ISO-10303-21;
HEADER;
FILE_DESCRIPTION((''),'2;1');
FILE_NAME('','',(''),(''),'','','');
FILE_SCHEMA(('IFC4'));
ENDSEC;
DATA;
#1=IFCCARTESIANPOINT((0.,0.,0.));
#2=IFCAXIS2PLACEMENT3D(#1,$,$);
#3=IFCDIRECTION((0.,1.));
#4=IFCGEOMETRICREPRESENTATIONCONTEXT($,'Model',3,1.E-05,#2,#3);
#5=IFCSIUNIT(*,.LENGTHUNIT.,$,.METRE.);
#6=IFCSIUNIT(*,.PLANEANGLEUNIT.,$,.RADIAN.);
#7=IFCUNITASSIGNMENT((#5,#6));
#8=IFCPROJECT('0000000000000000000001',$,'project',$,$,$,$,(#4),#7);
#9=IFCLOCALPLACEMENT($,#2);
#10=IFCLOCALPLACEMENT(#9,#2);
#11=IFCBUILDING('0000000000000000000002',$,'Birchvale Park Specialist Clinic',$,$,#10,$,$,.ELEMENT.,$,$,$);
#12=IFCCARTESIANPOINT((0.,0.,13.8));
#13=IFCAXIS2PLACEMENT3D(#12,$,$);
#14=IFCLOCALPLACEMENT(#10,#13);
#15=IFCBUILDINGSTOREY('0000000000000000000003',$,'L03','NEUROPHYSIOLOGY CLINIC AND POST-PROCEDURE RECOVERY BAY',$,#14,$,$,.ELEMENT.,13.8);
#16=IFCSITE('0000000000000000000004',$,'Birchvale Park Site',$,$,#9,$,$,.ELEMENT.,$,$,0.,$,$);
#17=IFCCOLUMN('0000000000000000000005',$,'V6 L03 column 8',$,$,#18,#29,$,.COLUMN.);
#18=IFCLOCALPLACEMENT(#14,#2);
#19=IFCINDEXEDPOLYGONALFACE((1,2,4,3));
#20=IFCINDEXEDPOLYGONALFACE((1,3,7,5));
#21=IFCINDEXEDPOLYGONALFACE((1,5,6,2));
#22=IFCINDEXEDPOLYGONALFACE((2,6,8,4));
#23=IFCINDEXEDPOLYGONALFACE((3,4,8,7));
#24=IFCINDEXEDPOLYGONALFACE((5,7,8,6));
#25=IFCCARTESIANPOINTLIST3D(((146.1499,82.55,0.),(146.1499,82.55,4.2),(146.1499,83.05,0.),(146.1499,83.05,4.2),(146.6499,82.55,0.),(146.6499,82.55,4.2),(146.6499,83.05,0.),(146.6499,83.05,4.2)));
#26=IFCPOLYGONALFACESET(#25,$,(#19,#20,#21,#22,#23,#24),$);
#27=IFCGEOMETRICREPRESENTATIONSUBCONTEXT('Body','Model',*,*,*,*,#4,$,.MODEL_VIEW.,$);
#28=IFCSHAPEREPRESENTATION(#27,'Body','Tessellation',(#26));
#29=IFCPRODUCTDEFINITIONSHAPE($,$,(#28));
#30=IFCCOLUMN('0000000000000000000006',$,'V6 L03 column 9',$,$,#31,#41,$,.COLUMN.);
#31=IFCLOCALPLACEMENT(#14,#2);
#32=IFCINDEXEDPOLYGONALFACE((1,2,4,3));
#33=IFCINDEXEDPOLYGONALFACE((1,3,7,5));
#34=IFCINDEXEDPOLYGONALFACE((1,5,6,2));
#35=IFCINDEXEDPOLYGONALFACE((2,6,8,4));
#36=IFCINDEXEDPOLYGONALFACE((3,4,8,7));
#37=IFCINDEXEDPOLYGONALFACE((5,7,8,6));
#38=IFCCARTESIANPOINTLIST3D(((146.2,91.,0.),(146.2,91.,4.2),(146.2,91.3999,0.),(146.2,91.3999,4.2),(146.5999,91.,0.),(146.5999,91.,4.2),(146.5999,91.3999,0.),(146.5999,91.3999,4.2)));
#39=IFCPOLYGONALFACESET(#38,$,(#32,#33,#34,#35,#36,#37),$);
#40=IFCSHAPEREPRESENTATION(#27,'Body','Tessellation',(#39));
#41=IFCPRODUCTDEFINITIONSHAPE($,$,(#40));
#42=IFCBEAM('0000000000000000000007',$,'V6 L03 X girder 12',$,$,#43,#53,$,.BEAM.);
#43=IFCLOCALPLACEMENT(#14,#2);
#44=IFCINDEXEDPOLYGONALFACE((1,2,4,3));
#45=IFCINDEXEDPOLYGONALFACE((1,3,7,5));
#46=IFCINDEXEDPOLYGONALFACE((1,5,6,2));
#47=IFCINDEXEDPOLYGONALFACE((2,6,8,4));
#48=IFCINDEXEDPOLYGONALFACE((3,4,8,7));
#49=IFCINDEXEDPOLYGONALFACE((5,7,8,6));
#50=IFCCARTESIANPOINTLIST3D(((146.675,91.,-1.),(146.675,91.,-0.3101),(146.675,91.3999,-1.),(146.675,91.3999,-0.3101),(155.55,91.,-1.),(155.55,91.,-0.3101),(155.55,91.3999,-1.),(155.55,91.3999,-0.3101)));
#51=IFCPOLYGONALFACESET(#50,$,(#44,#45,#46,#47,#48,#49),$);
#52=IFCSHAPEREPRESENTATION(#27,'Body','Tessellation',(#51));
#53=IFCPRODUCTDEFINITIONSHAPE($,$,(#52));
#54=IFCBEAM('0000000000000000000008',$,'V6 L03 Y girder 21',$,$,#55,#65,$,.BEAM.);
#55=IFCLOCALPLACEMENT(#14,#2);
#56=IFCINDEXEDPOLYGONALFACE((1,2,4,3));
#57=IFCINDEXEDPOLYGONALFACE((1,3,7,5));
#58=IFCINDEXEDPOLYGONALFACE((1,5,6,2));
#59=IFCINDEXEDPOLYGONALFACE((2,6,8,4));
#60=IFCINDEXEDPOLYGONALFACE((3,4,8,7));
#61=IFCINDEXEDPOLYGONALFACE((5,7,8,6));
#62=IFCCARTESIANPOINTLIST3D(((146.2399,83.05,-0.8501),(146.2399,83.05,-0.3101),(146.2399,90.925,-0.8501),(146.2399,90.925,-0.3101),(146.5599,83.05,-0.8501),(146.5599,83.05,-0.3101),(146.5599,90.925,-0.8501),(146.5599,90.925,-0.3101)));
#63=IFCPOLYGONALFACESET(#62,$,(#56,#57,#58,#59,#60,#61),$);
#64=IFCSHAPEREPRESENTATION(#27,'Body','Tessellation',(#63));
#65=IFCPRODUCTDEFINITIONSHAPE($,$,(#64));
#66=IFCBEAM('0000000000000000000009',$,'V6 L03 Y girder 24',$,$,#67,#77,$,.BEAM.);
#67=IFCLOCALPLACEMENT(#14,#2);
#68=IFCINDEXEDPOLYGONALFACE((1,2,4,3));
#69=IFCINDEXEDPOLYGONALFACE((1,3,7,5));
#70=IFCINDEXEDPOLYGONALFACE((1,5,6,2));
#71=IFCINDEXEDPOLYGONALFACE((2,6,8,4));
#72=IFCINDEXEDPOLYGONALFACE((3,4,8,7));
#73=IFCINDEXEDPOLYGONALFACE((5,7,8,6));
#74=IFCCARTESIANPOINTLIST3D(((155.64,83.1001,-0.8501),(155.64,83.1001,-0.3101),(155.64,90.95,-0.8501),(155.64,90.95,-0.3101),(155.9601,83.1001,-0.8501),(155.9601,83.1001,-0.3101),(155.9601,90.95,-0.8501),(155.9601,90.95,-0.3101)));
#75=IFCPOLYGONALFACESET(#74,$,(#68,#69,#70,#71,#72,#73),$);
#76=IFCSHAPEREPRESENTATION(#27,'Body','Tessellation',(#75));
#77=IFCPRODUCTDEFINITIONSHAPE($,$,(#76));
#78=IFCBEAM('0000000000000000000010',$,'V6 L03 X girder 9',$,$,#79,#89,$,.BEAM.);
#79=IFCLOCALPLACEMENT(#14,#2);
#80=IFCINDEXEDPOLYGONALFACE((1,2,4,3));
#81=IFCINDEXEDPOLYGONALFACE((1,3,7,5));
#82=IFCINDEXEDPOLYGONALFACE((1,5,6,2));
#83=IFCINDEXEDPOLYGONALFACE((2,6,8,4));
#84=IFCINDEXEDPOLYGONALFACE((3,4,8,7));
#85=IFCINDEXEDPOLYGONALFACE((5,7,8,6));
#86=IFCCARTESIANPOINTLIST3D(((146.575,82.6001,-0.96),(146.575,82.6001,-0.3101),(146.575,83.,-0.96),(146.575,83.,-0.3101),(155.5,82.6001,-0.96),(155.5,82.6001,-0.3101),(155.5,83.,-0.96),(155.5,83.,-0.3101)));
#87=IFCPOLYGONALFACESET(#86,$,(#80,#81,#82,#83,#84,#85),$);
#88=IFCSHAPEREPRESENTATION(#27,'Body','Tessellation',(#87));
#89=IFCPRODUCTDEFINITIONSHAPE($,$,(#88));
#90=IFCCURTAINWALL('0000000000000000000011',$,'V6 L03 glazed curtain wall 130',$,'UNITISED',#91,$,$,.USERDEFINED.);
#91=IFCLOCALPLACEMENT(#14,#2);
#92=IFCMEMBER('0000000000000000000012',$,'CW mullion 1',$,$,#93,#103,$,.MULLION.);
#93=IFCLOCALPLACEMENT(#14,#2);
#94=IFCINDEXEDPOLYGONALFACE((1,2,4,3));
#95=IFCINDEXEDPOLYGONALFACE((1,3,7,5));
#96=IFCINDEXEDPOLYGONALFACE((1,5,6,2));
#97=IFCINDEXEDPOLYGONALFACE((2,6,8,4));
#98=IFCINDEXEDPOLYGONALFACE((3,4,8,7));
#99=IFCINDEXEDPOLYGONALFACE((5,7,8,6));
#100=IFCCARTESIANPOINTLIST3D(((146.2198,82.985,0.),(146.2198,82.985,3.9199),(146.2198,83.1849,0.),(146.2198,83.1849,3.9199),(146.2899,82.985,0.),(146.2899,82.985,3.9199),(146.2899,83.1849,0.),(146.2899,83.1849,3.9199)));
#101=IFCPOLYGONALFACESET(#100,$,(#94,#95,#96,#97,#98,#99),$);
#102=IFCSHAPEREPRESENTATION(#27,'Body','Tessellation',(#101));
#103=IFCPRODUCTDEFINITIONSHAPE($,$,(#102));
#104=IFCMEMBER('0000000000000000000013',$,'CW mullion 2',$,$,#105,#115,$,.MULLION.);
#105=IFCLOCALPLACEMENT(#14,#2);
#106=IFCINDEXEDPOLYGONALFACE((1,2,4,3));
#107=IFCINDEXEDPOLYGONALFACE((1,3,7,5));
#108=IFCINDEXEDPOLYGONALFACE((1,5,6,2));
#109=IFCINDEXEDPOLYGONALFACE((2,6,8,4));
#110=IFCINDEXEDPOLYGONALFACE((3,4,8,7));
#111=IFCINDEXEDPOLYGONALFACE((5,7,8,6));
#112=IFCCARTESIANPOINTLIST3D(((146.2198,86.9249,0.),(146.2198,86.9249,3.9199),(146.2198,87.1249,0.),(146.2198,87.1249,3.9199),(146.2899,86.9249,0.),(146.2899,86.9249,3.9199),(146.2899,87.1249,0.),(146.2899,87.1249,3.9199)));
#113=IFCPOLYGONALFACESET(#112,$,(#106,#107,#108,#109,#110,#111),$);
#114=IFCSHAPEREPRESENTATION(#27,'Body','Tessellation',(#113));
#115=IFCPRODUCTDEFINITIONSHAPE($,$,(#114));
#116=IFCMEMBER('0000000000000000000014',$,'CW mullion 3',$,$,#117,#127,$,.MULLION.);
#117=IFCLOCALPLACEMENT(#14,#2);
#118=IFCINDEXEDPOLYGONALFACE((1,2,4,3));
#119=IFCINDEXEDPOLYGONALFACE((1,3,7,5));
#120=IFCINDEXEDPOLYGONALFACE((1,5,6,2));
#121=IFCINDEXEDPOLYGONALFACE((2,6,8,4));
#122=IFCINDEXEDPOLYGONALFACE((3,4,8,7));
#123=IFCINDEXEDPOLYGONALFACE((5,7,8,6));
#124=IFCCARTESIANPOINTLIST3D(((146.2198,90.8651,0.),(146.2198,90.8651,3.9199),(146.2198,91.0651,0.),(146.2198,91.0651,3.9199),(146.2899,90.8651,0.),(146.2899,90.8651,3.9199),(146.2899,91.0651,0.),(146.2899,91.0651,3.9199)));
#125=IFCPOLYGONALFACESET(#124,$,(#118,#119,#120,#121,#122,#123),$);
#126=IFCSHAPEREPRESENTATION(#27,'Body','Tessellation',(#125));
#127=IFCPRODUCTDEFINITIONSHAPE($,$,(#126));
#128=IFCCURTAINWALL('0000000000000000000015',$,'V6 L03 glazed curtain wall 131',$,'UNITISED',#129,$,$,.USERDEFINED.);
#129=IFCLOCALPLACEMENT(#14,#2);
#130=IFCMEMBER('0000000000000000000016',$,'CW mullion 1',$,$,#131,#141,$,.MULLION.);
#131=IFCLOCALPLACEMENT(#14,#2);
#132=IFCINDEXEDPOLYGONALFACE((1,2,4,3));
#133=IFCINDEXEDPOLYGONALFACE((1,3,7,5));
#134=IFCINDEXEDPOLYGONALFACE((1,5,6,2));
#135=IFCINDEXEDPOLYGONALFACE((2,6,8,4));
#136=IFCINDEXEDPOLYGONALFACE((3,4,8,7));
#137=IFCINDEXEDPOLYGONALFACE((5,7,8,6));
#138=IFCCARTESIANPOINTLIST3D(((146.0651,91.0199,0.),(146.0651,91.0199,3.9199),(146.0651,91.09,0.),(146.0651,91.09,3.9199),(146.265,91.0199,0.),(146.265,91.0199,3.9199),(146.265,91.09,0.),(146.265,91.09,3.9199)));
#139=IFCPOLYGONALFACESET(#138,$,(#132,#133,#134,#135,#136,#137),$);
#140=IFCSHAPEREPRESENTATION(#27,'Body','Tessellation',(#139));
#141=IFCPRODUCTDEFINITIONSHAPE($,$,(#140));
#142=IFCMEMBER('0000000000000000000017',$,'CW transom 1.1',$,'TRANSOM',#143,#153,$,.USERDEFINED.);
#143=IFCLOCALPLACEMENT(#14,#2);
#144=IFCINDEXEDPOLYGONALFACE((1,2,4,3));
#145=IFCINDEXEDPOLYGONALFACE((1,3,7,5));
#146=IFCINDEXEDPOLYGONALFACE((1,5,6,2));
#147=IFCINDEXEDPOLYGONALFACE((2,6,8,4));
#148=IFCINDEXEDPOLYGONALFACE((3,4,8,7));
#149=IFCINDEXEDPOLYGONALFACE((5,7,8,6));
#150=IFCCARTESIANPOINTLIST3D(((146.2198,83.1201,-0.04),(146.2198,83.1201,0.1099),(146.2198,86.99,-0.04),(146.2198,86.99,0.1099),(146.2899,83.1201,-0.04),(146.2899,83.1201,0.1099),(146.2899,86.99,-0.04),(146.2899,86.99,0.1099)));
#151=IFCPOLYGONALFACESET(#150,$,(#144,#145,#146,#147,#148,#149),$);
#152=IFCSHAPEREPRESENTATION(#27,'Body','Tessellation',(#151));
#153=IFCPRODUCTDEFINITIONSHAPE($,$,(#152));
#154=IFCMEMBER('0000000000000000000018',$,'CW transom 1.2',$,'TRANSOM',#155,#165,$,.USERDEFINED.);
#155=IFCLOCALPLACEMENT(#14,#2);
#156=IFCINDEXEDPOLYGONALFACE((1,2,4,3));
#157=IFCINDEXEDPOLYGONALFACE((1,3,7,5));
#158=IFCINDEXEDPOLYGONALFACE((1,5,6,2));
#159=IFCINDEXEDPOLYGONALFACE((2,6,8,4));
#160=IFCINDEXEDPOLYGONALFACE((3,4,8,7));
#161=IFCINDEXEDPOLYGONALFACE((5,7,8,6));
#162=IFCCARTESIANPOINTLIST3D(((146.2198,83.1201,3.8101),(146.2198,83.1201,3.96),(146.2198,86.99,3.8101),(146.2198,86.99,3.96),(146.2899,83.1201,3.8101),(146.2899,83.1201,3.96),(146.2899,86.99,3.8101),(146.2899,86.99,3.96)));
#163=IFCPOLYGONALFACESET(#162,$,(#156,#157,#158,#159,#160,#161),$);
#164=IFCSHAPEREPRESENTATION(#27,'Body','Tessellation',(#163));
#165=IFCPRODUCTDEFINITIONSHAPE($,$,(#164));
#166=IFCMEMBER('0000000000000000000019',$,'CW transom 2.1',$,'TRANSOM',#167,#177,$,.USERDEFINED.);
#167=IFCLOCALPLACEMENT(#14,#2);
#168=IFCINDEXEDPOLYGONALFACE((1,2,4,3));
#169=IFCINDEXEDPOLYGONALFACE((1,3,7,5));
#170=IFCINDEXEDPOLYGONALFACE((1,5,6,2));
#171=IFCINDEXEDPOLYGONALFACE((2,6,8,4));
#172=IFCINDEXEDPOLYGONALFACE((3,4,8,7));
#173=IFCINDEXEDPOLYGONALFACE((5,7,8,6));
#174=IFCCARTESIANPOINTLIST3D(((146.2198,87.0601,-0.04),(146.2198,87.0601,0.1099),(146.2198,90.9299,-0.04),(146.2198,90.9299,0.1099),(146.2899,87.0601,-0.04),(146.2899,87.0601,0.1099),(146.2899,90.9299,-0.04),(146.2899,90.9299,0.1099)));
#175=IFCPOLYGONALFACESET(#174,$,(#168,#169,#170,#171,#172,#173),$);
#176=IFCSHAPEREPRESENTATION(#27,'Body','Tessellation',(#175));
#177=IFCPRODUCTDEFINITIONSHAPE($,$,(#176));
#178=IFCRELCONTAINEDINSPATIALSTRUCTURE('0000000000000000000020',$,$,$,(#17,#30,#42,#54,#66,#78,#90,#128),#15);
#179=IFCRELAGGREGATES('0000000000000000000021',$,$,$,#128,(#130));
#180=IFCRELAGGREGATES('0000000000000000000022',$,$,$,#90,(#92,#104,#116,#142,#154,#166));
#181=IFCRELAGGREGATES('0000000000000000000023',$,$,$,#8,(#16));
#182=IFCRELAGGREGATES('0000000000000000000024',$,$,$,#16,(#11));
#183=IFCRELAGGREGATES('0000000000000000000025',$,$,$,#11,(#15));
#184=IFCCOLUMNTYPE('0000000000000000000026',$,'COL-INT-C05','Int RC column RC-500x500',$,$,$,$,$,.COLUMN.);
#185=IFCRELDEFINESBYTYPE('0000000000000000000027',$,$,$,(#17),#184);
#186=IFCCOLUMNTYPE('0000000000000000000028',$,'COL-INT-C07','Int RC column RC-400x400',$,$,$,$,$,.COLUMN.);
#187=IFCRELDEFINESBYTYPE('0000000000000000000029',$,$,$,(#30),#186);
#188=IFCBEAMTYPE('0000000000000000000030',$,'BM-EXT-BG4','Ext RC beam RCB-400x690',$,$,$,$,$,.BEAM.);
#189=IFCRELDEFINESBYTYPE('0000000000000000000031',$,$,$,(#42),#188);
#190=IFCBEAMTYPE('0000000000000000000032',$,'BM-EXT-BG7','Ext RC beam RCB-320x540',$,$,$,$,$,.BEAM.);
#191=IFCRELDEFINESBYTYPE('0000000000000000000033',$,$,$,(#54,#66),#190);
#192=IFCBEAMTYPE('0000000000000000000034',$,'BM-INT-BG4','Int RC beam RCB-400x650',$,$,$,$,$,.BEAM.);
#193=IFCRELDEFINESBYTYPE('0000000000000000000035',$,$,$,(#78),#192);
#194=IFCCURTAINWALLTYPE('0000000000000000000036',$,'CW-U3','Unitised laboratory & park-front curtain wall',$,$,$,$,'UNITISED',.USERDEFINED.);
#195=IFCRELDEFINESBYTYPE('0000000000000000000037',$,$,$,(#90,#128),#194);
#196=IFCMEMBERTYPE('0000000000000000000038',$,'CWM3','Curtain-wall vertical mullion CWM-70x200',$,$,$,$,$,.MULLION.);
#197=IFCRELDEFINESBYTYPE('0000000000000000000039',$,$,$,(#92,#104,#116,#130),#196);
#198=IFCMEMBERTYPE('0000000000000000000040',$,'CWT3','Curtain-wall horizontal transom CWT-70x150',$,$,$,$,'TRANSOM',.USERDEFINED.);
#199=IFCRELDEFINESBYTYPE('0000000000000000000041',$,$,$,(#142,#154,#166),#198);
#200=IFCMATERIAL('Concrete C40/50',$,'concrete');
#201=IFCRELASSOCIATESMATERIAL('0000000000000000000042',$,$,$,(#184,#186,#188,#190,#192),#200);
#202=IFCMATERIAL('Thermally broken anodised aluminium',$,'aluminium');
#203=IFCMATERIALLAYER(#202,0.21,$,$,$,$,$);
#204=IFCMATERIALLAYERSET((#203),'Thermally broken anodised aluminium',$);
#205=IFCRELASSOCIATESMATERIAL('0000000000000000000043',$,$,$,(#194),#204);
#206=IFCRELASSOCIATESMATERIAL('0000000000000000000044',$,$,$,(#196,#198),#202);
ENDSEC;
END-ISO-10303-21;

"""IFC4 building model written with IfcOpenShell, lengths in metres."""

from ifc_helpers import new_model, si_unit, direction, frame, origin, origin_2d, place, context, subcontext, project, spatial, rectangle, extrude, material, layer, layer_set, material_profile, profile_set, type_object, element, aggregate, save


model = new_model("IFC4")

# Units and contexts
model_context = context("Model", 3, precision=1e-05, world=origin(), true_north=direction((0.0, 1.0)))
body_context = subcontext(model_context, "Body", "Model", "MODEL_VIEW")
ifc_project = project(units=[si_unit("LENGTHUNIT", "METRE"), si_unit("PLANEANGLEUNIT", "RADIAN")], contexts=[model_context])

# Site, building, storey
site_placement = place(None, origin())
site = spatial("IfcSite", under=ifc_project, at=site_placement, Name="Birchvale Park Site", CompositionType="ELEMENT", RefElevation=0.0)
building_placement = place(site_placement, origin())
building = spatial("IfcBuilding", under=site, at=building_placement, Name="Birchvale Park Specialist Clinic", CompositionType="ELEMENT")
storey_placement = place(building_placement, frame((0.0, 0.0, 13.8)))
storey = spatial("IfcBuildingStorey", under=building, at=storey_placement, Name="L03", Description="NEUROPHYSIOLOGY CLINIC AND POST-PROCEDURE RECOVERY BAY", CompositionType="ELEMENT", Elevation=13.8)

# Columns
ifc_material_1 = material(Name="Concrete C40/50", Category="concrete")
ifc_material_profile_1 = material_profile(ifc_material_1, rectangle(XDim=0.5, YDim=0.5, at=origin_2d()), Name="RC-500x500")
ifc_profile_set_1 = profile_set([ifc_material_profile_1], Name="Concrete C40/50")
column_type_1 = type_object("IfcColumnType", Name="COL-INT-C05", Description="Int RC column RC-500x500", PredefinedType="COLUMN", material=ifc_profile_set_1)
column_1_placement = place(storey_placement, frame((146.3999, 82.8, 0.0), z_axis=(0.0, 0.0, 1.0), x_axis=(1.0, 0.0, 0.0)))
element("IfcColumn", 1, at=column_1_placement, inside=storey, type_object=column_type_1, Name="V6 L03 column 8", PredefinedType="COLUMN", context=body_context, shape_type="SweptSolid", body=[
    extrude(rectangle(XDim=0.5, YDim=0.5, at=origin_2d()), origin(), (0.0, 0.0, 1.0), 4.2),
])
ifc_material_profile_2 = material_profile(ifc_material_1, rectangle(XDim=0.3999, YDim=0.3999, at=origin_2d()), Name="RC-400x400")
ifc_profile_set_2 = profile_set([ifc_material_profile_2], Name="Concrete C40/50")
column_type_2 = type_object("IfcColumnType", Name="COL-INT-C07", Description="Int RC column RC-400x400", PredefinedType="COLUMN", material=ifc_profile_set_2)
column_2_placement = place(storey_placement, frame((146.3999, 91.2, 0.0), z_axis=(0.0, 0.0, 1.0), x_axis=(1.0, 0.0, 0.0)))
element("IfcColumn", 2, at=column_2_placement, inside=storey, type_object=column_type_2, Name="V6 L03 column 9", PredefinedType="COLUMN", context=body_context, shape_type="SweptSolid", body=[
    extrude(rectangle(XDim=0.3999, YDim=0.3999, at=origin_2d()), origin(), (0.0, 0.0, 1.0), 4.2),
])

# Beams
ifc_material_profile_3 = material_profile(ifc_material_1, rectangle(XDim=0.3999, YDim=0.6899, at=origin_2d()), Name="RCB-400x690")
ifc_profile_set_3 = profile_set([ifc_material_profile_3], Name="Concrete C40/50")
beam_type_1 = type_object("IfcBeamType", Name="BM-EXT-BG4", Description="Ext RC beam RCB-400x690", PredefinedType="BEAM", material=ifc_profile_set_3)
beam_1_placement = place(storey_placement, frame((146.675, 91.2, -0.655), z_axis=(1.0, 0.0, 0.0), x_axis=(0.0, 1.0, 0.0)))
element("IfcBeam", 3, at=beam_1_placement, inside=storey, type_object=beam_type_1, Name="V6 L03 X girder 12", PredefinedType="BEAM", context=body_context, shape_type="SweptSolid", body=[
    extrude(rectangle(XDim=0.3999, YDim=0.6899, at=origin_2d()), origin(), (0.0, 0.0, 1.0), 8.875),
])
ifc_material_profile_4 = material_profile(ifc_material_1, rectangle(XDim=0.3201, YDim=0.54, at=origin_2d()), Name="RCB-320x540")
ifc_profile_set_4 = profile_set([ifc_material_profile_4], Name="Concrete C40/50")
beam_type_2 = type_object("IfcBeamType", Name="BM-EXT-BG7", Description="Ext RC beam RCB-320x540", PredefinedType="BEAM", material=ifc_profile_set_4)
beam_2_placement = place(storey_placement, frame((146.3999, 83.05, -0.5801), z_axis=(0.0, 1.0, 0.0), x_axis=(-1.0, 0.0, 0.0)))
element("IfcBeam", 4, at=beam_2_placement, inside=storey, type_object=beam_type_2, Name="V6 L03 Y girder 21", PredefinedType="BEAM", context=body_context, shape_type="SweptSolid", body=[
    extrude(rectangle(XDim=0.3201, YDim=0.54, at=origin_2d()), origin(), (0.0, 0.0, 1.0), 7.875),
])
beam_3_placement = place(storey_placement, frame((155.8, 83.1001, -0.5801), z_axis=(0.0, 1.0, 0.0), x_axis=(-1.0, 0.0, 0.0)))
element("IfcBeam", 5, at=beam_3_placement, inside=storey, type_object=beam_type_2, Name="V6 L03 Y girder 24", PredefinedType="BEAM", context=body_context, shape_type="SweptSolid", body=[
    extrude(rectangle(XDim=0.3201, YDim=0.54, at=origin_2d()), origin(), (0.0, 0.0, 1.0), 7.8499),
])
ifc_material_profile_5 = material_profile(ifc_material_1, rectangle(XDim=0.3999, YDim=0.6499, at=origin_2d()), Name="RCB-400x650")
ifc_profile_set_5 = profile_set([ifc_material_profile_5], Name="Concrete C40/50")
beam_type_3 = type_object("IfcBeamType", Name="BM-INT-BG4", Description="Int RC beam RCB-400x650", PredefinedType="BEAM", material=ifc_profile_set_5)
beam_4_placement = place(storey_placement, frame((146.575, 82.8, -0.635), z_axis=(1.0, 0.0, 0.0), x_axis=(0.0, 1.0, 0.0)))
element("IfcBeam", 6, at=beam_4_placement, inside=storey, type_object=beam_type_3, Name="V6 L03 X girder 9", PredefinedType="BEAM", context=body_context, shape_type="SweptSolid", body=[
    extrude(rectangle(XDim=0.3999, YDim=0.6499, at=origin_2d()), origin(), (0.0, 0.0, 1.0), 8.925),
])

# Curtain wall, members
ifc_material_2 = material(Name="Thermally broken anodised aluminium", Category="aluminium")
ifc_layer_1 = layer(ifc_material_2, 0.21)
ifc_layer_set_1 = layer_set([ifc_layer_1], Name="Thermally broken anodised aluminium")
curtain_wall_type = type_object("IfcCurtainWallType", Name="CW-U3", Description="Unitised laboratory & park-front curtain wall", ElementType="UNITISED", PredefinedType="USERDEFINED", material=ifc_layer_set_1)
curtain_wall_1_placement = place(storey_placement, origin())
curtain_wall_1 = element("IfcCurtainWall", 7, at=curtain_wall_1_placement, inside=storey, type_object=curtain_wall_type, Name="V6 L03 glazed curtain wall 130", ObjectType="UNITISED", PredefinedType="USERDEFINED")
ifc_material_profile_6 = material_profile(ifc_material_2, rectangle(XDim=0.0701, YDim=0.2, at=origin_2d()), Name="CWM-70x200")
ifc_profile_set_6 = profile_set([ifc_material_profile_6], Name="Thermally broken anodised aluminium")
member_type_1 = type_object("IfcMemberType", Name="CWM3", Description="Curtain-wall vertical mullion CWM-70x200", PredefinedType="MULLION", material=ifc_profile_set_6)
member_1_placement = place(storey_placement, frame((146.2549, 83.085, 0.0), z_axis=(0.0, 0.0, 1.0), x_axis=(-1.0, 0.0, 0.0)))
member_1 = element("IfcMember", 8, at=member_1_placement, type_object=member_type_1, Name="CW mullion 1", PredefinedType="MULLION", context=body_context, shape_type="SweptSolid", body=[
    extrude(rectangle(XDim=0.0701, YDim=0.2, at=origin_2d()), origin(), (0.0, 0.0, 1.0), 3.9199),
])
member_2_placement = place(storey_placement, frame((146.2549, 87.0249, 0.0), z_axis=(0.0, 0.0, 1.0), x_axis=(-1.0, 0.0, 0.0)))
member_2 = element("IfcMember", 9, at=member_2_placement, type_object=member_type_1, Name="CW mullion 2", PredefinedType="MULLION", context=body_context, shape_type="SweptSolid", body=[
    extrude(rectangle(XDim=0.0701, YDim=0.2, at=origin_2d()), origin(), (0.0, 0.0, 1.0), 3.9199),
])
member_3_placement = place(storey_placement, frame((146.2549, 90.9651, 0.0), z_axis=(0.0, 0.0, 1.0), x_axis=(-1.0, 0.0, 0.0)))
member_3 = element("IfcMember", 10, at=member_3_placement, type_object=member_type_1, Name="CW mullion 3", PredefinedType="MULLION", context=body_context, shape_type="SweptSolid", body=[
    extrude(rectangle(XDim=0.0701, YDim=0.2, at=origin_2d()), origin(), (0.0, 0.0, 1.0), 3.9199),
])

# Curtain wall, member
curtain_wall_2_placement = place(storey_placement, origin())
curtain_wall_2 = element("IfcCurtainWall", 11, at=curtain_wall_2_placement, inside=storey, type_object=curtain_wall_type, Name="V6 L03 glazed curtain wall 131", ObjectType="UNITISED", PredefinedType="USERDEFINED")
member_4_placement = place(storey_placement, frame((146.165, 91.0549, 0.0), z_axis=(0.0, 0.0, 1.0), x_axis=(0.0, -1.0, 0.0)))
member_4 = element("IfcMember", 12, at=member_4_placement, type_object=member_type_1, Name="CW mullion 1", PredefinedType="MULLION", context=body_context, shape_type="SweptSolid", body=[
    extrude(rectangle(XDim=0.0701, YDim=0.2, at=origin_2d()), origin(), (0.0, 0.0, 1.0), 3.9199),
])

# Members
ifc_material_profile_7 = material_profile(ifc_material_2, rectangle(XDim=0.0701, YDim=0.1499, at=origin_2d()), Name="CWT-70x150")
ifc_profile_set_7 = profile_set([ifc_material_profile_7], Name="Thermally broken anodised aluminium")
member_type_2 = type_object("IfcMemberType", Name="CWT3", Description="Curtain-wall horizontal transom CWT-70x150", ElementType="TRANSOM", PredefinedType="USERDEFINED", material=ifc_profile_set_7)
member_5_placement = place(storey_placement, frame((146.2549, 83.1201, 0.0349), z_axis=(0.0, 1.0, 0.0), x_axis=(-1.0, 0.0, 0.0)))
member_5 = element("IfcMember", 13, at=member_5_placement, type_object=member_type_2, Name="CW transom 1.1", ObjectType="TRANSOM", PredefinedType="USERDEFINED", context=body_context, shape_type="SweptSolid", body=[
    extrude(rectangle(XDim=0.0701, YDim=0.1499, at=origin_2d()), origin(), (0.0, 0.0, 1.0), 3.8699),
])
member_6_placement = place(storey_placement, frame((146.2549, 83.1201, 3.885), z_axis=(0.0, 1.0, 0.0), x_axis=(-1.0, 0.0, 0.0)))
member_6 = element("IfcMember", 14, at=member_6_placement, type_object=member_type_2, Name="CW transom 1.2", ObjectType="TRANSOM", PredefinedType="USERDEFINED", context=body_context, shape_type="SweptSolid", body=[
    extrude(rectangle(XDim=0.0701, YDim=0.1499, at=origin_2d()), origin(), (0.0, 0.0, 1.0), 3.8699),
])
member_7_placement = place(storey_placement, frame((146.2549, 87.0601, 0.0349), z_axis=(0.0, 1.0, 0.0), x_axis=(-1.0, 0.0, 0.0)))
member_7 = element("IfcMember", 15, at=member_7_placement, type_object=member_type_2, Name="CW transom 2.1", ObjectType="TRANSOM", PredefinedType="USERDEFINED", context=body_context, shape_type="SweptSolid", body=[
    extrude(rectangle(XDim=0.0701, YDim=0.1499, at=origin_2d()), origin(), (0.0, 0.0, 1.0), 3.8699),
])
aggregate(curtain_wall_2, [member_4])

aggregate(curtain_wall_1, [member_1, member_2, member_3, member_5, member_6, member_7])

save(model, "model.ifc")
